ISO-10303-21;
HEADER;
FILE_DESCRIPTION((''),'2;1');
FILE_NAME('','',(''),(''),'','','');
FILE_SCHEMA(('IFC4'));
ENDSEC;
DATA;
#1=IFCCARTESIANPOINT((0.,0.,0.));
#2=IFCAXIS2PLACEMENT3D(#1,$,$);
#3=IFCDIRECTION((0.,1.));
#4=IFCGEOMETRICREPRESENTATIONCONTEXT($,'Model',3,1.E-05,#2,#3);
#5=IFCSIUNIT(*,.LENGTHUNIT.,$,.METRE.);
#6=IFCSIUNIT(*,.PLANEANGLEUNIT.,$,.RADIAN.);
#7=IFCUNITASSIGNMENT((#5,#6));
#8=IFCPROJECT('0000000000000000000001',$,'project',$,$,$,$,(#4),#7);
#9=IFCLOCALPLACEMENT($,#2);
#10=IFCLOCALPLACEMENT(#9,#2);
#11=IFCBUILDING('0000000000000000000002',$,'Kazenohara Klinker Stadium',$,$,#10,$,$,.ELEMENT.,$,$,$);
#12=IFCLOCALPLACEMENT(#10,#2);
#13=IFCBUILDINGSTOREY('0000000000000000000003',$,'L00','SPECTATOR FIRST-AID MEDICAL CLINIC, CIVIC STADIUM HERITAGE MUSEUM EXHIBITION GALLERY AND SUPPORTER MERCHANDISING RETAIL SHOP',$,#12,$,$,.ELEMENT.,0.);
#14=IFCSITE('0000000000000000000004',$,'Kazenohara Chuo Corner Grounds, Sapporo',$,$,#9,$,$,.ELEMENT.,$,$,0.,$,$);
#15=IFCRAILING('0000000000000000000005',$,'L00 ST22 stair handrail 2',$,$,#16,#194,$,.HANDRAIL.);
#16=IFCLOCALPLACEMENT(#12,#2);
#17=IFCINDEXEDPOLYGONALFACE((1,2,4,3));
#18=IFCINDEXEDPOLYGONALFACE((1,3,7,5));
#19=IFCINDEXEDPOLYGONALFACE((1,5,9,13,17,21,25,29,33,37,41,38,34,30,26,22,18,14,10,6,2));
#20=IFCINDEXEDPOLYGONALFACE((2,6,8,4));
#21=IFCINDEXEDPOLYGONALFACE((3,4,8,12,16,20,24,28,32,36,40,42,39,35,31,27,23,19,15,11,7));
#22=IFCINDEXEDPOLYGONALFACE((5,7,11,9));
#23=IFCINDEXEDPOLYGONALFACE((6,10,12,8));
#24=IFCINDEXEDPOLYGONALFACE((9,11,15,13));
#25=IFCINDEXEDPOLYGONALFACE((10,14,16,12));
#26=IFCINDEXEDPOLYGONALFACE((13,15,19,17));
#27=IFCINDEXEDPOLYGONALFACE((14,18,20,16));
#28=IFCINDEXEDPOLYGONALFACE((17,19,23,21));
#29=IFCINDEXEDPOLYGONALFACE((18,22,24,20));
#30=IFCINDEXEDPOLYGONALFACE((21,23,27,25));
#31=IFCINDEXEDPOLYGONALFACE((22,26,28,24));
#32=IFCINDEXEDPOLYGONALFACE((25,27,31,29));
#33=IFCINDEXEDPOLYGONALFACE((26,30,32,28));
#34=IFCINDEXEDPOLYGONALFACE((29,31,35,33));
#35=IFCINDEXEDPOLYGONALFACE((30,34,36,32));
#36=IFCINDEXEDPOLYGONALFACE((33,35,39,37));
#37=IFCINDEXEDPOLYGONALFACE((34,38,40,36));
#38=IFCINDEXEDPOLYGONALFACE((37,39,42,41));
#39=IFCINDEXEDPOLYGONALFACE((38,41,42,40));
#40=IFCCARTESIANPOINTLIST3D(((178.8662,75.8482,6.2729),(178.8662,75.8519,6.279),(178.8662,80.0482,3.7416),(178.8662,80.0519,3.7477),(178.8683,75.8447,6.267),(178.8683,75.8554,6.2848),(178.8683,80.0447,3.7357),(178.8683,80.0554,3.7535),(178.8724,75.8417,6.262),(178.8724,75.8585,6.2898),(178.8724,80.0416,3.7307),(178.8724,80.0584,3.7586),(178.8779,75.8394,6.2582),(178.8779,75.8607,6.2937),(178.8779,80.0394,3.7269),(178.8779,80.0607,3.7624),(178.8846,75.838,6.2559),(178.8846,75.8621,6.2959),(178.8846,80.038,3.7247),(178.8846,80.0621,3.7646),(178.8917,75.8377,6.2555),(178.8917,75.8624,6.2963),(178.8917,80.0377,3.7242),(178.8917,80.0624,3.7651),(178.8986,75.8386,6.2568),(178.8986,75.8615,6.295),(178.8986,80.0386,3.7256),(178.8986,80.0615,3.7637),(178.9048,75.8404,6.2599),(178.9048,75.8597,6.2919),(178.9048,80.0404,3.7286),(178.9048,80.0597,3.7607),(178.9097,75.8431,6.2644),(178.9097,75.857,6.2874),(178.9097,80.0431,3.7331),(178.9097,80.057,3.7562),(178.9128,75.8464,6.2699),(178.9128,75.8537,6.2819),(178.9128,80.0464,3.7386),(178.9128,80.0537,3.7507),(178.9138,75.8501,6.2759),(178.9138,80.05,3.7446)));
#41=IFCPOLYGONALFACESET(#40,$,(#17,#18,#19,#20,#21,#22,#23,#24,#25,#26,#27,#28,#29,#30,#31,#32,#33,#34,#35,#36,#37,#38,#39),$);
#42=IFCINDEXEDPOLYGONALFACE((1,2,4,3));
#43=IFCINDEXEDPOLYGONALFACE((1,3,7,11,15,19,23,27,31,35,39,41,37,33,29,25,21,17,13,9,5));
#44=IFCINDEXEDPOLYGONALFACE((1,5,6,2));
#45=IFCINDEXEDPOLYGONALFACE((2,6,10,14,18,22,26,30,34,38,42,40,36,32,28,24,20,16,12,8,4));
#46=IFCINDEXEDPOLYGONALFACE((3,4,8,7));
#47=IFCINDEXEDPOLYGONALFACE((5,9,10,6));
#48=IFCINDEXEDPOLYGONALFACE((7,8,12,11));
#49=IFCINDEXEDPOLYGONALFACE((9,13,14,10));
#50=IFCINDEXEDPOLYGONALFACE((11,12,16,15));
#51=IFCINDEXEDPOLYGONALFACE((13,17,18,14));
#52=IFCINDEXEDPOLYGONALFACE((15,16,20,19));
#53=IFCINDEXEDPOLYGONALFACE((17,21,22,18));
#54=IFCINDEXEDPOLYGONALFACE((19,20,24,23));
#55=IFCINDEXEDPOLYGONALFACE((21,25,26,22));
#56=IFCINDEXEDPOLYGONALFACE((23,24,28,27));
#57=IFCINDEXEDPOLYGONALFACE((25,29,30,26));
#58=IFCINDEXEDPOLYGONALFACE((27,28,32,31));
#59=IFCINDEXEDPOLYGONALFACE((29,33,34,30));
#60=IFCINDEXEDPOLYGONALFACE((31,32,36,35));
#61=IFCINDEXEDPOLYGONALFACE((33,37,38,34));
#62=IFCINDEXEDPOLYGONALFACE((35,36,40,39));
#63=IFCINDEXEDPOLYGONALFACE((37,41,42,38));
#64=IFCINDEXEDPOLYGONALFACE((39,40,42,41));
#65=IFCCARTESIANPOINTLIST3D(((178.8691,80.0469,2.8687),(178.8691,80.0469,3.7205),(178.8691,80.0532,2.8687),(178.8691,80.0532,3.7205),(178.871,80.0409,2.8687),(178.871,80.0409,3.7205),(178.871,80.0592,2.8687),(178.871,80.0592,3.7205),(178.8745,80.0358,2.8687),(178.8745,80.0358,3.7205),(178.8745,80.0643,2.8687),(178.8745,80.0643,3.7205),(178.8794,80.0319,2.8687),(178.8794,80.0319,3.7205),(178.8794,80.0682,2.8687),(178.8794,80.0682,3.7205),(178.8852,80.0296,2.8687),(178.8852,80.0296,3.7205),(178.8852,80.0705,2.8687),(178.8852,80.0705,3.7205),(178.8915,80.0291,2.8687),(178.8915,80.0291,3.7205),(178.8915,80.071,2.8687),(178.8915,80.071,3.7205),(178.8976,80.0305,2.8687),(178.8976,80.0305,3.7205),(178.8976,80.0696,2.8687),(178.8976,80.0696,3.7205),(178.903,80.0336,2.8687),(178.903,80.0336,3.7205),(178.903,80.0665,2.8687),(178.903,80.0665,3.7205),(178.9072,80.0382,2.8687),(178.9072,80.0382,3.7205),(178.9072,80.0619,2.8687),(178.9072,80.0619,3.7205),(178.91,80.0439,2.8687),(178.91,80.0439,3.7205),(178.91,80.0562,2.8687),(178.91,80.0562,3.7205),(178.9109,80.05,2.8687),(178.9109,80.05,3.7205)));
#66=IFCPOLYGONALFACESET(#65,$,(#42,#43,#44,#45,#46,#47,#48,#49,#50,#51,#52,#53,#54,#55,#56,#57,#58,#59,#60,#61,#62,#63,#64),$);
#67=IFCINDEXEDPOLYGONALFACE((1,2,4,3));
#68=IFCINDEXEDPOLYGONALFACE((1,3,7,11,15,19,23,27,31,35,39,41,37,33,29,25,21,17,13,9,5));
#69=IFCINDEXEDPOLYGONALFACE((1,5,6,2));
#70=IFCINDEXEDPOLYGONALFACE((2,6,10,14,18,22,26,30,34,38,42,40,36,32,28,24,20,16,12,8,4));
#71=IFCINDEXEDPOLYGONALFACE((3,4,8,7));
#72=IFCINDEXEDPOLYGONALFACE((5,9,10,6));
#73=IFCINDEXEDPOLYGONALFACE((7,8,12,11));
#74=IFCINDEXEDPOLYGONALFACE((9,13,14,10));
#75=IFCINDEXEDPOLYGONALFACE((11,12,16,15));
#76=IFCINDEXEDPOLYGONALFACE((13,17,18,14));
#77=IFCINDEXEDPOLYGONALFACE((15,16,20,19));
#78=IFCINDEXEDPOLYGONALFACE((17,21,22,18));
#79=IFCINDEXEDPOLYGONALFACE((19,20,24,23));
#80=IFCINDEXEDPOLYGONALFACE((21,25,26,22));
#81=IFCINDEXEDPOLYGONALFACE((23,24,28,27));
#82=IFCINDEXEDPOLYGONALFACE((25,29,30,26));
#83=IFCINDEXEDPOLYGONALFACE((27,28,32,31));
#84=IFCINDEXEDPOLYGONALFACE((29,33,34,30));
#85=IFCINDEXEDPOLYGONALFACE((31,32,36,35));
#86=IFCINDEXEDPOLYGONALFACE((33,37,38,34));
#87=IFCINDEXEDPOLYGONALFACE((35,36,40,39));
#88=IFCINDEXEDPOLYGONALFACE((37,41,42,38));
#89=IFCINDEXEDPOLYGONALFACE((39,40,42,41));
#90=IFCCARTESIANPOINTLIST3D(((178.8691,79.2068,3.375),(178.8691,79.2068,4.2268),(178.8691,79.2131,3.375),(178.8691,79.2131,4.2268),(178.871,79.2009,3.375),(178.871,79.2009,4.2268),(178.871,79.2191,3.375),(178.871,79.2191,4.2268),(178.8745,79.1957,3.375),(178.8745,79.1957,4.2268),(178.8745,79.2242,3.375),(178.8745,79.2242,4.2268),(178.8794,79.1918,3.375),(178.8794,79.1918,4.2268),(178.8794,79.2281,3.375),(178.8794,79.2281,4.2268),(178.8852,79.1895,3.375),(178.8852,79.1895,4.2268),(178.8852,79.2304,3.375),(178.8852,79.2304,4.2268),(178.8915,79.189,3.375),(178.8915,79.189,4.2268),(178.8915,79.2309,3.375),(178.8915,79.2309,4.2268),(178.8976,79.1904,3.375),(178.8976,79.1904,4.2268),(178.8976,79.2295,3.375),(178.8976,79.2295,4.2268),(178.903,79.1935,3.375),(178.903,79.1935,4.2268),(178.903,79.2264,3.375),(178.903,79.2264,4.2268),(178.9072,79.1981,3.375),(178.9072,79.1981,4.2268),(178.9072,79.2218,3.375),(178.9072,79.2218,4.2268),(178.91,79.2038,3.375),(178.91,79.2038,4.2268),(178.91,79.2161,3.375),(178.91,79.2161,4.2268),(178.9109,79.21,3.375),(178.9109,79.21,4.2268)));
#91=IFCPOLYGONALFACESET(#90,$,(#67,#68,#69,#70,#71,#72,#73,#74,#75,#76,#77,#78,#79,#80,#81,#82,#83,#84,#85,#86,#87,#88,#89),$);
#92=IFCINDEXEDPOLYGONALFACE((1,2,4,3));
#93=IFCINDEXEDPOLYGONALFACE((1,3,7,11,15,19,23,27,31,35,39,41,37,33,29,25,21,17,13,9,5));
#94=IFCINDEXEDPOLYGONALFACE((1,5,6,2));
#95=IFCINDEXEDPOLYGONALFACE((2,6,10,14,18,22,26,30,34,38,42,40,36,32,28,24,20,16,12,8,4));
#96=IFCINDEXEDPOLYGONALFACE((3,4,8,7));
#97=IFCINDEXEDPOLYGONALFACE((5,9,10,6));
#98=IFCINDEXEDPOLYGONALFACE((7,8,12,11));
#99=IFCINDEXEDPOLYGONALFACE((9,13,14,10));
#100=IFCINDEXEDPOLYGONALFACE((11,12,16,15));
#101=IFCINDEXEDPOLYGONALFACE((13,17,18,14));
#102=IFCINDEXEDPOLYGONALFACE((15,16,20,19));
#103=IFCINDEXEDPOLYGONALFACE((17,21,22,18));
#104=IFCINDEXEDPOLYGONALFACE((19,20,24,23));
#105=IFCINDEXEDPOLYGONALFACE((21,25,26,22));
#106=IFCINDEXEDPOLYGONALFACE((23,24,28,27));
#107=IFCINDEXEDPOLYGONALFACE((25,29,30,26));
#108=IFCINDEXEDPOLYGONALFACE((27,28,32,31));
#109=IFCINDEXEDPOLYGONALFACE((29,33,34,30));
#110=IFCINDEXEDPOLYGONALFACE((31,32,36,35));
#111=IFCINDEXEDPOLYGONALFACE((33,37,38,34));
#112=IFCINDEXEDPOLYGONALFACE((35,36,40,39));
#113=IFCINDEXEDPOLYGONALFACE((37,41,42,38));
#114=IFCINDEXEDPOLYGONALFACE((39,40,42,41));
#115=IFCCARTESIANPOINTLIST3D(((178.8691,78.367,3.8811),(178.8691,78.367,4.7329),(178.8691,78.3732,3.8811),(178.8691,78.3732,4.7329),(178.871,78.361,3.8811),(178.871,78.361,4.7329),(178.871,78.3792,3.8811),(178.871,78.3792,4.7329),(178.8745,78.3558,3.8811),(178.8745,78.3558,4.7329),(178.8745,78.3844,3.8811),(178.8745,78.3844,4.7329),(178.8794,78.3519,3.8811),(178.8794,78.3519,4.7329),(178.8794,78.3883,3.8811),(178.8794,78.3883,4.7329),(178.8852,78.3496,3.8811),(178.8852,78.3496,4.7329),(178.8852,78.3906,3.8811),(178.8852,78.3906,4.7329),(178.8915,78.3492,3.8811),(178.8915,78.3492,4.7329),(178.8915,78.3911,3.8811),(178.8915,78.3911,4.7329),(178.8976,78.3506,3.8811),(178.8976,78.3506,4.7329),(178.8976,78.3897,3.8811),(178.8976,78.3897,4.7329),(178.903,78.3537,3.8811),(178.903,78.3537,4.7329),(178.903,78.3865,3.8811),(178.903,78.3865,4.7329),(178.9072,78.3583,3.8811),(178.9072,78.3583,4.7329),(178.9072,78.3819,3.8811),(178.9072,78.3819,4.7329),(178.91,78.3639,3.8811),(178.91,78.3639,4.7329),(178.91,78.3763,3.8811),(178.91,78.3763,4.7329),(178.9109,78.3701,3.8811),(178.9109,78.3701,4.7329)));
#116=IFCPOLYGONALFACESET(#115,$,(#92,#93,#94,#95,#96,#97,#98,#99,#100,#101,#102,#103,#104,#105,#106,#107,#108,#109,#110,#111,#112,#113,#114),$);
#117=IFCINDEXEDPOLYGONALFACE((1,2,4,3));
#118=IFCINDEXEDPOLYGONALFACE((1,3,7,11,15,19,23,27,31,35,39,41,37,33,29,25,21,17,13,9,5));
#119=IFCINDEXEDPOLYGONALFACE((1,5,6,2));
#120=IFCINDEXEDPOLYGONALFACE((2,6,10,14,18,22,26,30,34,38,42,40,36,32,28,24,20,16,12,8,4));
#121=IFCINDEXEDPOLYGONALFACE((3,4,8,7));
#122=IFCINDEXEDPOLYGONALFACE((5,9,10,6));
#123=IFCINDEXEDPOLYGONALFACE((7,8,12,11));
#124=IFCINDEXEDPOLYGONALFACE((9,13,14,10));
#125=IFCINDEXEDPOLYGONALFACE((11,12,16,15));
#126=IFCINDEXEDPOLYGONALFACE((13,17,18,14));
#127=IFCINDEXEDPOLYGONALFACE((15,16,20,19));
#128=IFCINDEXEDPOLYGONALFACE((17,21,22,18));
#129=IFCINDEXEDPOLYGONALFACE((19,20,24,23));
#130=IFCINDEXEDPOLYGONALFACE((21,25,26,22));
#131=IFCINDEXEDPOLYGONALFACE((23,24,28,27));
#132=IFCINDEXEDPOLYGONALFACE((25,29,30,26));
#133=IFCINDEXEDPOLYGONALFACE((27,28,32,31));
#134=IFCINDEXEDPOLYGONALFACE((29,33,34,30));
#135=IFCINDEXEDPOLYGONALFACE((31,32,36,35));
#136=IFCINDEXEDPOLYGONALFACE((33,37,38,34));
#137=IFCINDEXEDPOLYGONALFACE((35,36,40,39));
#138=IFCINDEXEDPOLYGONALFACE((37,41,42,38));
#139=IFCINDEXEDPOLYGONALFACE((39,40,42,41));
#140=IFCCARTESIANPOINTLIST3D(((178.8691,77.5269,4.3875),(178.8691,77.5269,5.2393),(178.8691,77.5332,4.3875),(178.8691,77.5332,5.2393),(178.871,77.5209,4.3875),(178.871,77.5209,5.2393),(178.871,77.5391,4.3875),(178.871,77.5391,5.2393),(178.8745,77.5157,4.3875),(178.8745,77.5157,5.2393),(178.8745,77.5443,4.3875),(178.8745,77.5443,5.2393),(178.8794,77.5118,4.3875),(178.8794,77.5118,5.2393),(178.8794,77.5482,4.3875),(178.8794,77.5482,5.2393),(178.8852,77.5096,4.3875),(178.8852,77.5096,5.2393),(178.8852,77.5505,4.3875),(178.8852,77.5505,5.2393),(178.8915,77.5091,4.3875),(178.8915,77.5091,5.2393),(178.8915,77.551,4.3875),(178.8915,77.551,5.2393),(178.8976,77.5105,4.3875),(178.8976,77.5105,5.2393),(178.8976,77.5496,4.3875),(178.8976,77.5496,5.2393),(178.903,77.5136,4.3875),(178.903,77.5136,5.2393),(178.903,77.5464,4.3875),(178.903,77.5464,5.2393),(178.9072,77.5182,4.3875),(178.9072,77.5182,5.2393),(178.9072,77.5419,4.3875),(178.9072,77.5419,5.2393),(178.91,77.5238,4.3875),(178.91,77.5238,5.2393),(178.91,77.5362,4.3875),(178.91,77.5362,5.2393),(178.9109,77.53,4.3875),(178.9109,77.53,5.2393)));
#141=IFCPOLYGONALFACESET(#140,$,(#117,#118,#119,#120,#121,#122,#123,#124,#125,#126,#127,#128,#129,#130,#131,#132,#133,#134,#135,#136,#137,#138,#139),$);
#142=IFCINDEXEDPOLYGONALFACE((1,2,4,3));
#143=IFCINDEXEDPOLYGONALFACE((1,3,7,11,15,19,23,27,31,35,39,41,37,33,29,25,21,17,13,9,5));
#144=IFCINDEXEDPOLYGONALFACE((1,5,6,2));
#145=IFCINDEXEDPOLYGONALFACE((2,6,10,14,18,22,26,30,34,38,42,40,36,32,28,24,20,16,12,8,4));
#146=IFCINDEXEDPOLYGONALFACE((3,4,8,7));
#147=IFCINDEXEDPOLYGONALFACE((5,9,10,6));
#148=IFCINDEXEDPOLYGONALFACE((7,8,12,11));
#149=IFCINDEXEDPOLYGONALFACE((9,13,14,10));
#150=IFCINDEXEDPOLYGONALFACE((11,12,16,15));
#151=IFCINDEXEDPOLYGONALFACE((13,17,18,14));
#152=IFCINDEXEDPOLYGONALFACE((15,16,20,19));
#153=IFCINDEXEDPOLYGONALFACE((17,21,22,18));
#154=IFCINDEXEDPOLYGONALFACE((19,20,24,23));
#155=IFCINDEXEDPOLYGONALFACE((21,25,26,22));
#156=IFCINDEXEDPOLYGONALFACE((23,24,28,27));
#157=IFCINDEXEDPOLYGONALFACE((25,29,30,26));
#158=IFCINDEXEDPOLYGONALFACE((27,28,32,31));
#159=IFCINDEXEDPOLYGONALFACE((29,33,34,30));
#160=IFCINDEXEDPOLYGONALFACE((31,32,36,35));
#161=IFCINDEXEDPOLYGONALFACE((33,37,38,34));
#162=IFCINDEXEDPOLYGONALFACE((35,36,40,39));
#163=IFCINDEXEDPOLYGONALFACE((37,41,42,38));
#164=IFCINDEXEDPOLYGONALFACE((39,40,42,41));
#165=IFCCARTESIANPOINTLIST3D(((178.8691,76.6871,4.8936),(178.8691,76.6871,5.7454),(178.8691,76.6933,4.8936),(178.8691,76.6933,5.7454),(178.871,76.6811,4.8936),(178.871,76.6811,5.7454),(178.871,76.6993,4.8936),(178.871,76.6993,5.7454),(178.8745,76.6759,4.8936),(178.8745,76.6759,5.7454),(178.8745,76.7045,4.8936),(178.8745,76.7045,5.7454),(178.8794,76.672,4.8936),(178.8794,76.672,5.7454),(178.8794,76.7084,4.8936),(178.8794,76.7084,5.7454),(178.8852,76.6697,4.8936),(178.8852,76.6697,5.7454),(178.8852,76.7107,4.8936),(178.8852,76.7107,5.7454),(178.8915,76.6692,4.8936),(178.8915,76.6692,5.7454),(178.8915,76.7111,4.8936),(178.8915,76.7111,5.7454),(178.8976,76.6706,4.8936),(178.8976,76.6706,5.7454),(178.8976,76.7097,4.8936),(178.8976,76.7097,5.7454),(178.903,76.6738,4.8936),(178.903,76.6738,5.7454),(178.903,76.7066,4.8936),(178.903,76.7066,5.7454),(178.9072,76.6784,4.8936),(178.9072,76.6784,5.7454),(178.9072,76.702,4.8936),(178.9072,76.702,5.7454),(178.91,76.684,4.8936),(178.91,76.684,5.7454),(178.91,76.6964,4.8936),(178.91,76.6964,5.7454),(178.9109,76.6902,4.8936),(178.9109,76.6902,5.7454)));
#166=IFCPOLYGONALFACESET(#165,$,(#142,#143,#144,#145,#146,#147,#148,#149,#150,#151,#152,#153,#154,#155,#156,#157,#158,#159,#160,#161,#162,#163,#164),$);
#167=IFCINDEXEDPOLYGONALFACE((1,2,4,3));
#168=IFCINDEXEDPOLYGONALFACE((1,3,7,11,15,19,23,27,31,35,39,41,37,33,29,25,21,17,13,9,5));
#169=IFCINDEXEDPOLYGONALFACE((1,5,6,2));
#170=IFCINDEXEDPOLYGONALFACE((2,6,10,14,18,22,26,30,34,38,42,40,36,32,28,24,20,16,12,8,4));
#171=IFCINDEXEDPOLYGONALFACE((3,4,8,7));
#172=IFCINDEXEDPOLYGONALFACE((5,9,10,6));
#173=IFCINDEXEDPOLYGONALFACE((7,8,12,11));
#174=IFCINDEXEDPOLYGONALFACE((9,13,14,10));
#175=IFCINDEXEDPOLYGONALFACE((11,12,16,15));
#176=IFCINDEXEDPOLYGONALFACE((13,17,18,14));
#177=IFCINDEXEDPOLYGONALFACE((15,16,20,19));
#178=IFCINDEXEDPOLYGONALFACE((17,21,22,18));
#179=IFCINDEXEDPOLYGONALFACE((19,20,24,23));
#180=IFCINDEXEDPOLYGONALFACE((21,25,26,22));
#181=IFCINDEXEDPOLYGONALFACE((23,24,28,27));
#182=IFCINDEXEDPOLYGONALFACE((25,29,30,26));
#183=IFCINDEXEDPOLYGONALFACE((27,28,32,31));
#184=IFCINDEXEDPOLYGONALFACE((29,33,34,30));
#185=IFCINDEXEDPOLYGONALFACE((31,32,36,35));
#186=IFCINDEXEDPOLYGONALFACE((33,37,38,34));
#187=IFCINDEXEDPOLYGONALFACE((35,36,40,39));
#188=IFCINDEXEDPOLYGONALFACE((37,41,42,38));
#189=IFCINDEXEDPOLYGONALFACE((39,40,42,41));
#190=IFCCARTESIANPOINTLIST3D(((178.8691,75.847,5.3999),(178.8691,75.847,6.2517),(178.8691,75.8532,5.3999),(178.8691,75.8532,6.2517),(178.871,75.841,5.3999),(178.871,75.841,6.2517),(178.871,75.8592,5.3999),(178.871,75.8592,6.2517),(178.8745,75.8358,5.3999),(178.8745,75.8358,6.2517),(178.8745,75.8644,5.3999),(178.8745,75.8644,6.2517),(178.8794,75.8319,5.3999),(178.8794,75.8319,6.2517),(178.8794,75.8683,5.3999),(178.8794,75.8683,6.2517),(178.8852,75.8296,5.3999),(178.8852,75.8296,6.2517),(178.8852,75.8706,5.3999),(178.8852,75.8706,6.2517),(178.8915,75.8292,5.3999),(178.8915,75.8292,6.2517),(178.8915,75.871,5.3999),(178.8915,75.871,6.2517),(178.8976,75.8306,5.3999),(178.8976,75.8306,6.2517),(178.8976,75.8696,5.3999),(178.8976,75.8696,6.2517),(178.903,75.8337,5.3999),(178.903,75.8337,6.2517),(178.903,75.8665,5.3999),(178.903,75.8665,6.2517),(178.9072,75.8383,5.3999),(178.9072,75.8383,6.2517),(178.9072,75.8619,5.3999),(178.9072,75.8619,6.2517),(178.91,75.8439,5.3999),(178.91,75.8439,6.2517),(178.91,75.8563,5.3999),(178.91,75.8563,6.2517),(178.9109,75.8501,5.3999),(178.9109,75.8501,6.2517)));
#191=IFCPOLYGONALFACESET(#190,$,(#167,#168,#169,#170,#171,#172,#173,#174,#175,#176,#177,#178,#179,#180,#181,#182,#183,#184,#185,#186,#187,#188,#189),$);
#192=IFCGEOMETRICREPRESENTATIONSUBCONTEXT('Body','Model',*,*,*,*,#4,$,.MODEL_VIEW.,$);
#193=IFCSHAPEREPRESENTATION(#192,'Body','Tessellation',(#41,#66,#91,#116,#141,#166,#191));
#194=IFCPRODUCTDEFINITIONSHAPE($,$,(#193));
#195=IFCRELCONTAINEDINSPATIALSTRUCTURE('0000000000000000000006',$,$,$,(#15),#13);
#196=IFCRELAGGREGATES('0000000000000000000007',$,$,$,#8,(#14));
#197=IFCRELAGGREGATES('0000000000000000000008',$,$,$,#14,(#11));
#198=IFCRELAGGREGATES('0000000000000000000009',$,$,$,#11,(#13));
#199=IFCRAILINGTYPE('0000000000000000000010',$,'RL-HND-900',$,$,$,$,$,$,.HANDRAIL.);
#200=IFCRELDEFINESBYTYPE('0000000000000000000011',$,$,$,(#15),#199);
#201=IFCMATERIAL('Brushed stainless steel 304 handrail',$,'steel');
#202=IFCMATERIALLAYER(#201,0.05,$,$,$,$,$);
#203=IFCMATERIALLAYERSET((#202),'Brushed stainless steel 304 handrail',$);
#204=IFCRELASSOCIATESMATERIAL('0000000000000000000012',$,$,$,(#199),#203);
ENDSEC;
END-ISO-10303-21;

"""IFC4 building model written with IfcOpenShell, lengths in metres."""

from ifc_helpers import new_model, si_unit, direction, frame, origin, origin_2d, place, context, subcontext, project, spatial, circle, extrude, material, layer, layer_set, type_object, element, save


model = new_model("IFC4")

# Units and contexts
model_context = context("Model", 3, precision=1e-05, world=origin(), true_north=direction((0.0, 1.0)))
body_context = subcontext(model_context, "Body", "Model", "MODEL_VIEW")
ifc_project = project(units=[si_unit("LENGTHUNIT", "METRE"), si_unit("PLANEANGLEUNIT", "RADIAN")], contexts=[model_context])

# Site, building, storey
site_placement = place(None, origin())
site = spatial("IfcSite", under=ifc_project, at=site_placement, Name="Kazenohara Chuo Corner Grounds, Sapporo", CompositionType="ELEMENT", RefElevation=0.0)
building_placement = place(site_placement, origin())
building = spatial("IfcBuilding", under=site, at=building_placement, Name="Kazenohara Klinker Stadium", CompositionType="ELEMENT")
storey_placement = place(building_placement, origin())
storey = spatial("IfcBuildingStorey", under=building, at=storey_placement, Name="L00", Description="SPECTATOR FIRST-AID MEDICAL CLINIC, CIVIC STADIUM HERITAGE MUSEUM EXHIBITION GALLERY AND SUPPORTER MERCHANDISING RETAIL SHOP", CompositionType="ELEMENT", Elevation=0.0)

# Railing
ifc_material_1 = material(Name="Brushed stainless steel 304 handrail", Category="steel")
ifc_layer_1 = layer(ifc_material_1, 0.05)
ifc_layer_set_1 = layer_set([ifc_layer_1], Name="Brushed stainless steel 304 handrail")
railing_type_1 = type_object("IfcRailingType", Name="RL-HND-900", PredefinedType="HANDRAIL", material=ifc_layer_set_1)
railing_1_placement = place(storey_placement, frame((178.8899, 80.05, 2.8687)))
element("IfcRailing", 1, at=railing_1_placement, inside=storey, type_object=railing_type_1, Name="L00 ST22 stair handrail 2", PredefinedType="HANDRAIL", context=body_context, shape_type="SweptSolid", body=[
    extrude(circle(Radius=0.0239, at=origin_2d()), frame((0.0, 0.0, 0.876), z_axis=(0.0, -0.856476, 0.516186), x_axis=(1.0, 0.0, 0.0)), (0.0, 0.0, 1.0), 4.9038),
    extrude(circle(Radius=0.021, at=origin_2d()), origin(), (0.0, 0.0, 1.0), 0.8518),
    extrude(circle(Radius=0.021, at=origin_2d()), frame((0.0, -0.8401, 0.5063)), (0.0, 0.0, 1.0), 0.8518),
    extrude(circle(Radius=0.021, at=origin_2d()), frame((0.0, -1.6799, 1.0125)), (0.0, 0.0, 1.0), 0.8518),
    extrude(circle(Radius=0.021, at=origin_2d()), frame((0.0, -2.52, 1.5188)), (0.0, 0.0, 1.0), 0.8518),
    extrude(circle(Radius=0.021, at=origin_2d()), frame((0.0, -3.3599, 2.0249)), (0.0, 0.0, 1.0), 0.8518),
    extrude(circle(Radius=0.021, at=origin_2d()), frame((0.0, -4.2, 2.5312)), (0.0, 0.0, 1.0), 0.8518),
])

save(model, "model.ifc")
